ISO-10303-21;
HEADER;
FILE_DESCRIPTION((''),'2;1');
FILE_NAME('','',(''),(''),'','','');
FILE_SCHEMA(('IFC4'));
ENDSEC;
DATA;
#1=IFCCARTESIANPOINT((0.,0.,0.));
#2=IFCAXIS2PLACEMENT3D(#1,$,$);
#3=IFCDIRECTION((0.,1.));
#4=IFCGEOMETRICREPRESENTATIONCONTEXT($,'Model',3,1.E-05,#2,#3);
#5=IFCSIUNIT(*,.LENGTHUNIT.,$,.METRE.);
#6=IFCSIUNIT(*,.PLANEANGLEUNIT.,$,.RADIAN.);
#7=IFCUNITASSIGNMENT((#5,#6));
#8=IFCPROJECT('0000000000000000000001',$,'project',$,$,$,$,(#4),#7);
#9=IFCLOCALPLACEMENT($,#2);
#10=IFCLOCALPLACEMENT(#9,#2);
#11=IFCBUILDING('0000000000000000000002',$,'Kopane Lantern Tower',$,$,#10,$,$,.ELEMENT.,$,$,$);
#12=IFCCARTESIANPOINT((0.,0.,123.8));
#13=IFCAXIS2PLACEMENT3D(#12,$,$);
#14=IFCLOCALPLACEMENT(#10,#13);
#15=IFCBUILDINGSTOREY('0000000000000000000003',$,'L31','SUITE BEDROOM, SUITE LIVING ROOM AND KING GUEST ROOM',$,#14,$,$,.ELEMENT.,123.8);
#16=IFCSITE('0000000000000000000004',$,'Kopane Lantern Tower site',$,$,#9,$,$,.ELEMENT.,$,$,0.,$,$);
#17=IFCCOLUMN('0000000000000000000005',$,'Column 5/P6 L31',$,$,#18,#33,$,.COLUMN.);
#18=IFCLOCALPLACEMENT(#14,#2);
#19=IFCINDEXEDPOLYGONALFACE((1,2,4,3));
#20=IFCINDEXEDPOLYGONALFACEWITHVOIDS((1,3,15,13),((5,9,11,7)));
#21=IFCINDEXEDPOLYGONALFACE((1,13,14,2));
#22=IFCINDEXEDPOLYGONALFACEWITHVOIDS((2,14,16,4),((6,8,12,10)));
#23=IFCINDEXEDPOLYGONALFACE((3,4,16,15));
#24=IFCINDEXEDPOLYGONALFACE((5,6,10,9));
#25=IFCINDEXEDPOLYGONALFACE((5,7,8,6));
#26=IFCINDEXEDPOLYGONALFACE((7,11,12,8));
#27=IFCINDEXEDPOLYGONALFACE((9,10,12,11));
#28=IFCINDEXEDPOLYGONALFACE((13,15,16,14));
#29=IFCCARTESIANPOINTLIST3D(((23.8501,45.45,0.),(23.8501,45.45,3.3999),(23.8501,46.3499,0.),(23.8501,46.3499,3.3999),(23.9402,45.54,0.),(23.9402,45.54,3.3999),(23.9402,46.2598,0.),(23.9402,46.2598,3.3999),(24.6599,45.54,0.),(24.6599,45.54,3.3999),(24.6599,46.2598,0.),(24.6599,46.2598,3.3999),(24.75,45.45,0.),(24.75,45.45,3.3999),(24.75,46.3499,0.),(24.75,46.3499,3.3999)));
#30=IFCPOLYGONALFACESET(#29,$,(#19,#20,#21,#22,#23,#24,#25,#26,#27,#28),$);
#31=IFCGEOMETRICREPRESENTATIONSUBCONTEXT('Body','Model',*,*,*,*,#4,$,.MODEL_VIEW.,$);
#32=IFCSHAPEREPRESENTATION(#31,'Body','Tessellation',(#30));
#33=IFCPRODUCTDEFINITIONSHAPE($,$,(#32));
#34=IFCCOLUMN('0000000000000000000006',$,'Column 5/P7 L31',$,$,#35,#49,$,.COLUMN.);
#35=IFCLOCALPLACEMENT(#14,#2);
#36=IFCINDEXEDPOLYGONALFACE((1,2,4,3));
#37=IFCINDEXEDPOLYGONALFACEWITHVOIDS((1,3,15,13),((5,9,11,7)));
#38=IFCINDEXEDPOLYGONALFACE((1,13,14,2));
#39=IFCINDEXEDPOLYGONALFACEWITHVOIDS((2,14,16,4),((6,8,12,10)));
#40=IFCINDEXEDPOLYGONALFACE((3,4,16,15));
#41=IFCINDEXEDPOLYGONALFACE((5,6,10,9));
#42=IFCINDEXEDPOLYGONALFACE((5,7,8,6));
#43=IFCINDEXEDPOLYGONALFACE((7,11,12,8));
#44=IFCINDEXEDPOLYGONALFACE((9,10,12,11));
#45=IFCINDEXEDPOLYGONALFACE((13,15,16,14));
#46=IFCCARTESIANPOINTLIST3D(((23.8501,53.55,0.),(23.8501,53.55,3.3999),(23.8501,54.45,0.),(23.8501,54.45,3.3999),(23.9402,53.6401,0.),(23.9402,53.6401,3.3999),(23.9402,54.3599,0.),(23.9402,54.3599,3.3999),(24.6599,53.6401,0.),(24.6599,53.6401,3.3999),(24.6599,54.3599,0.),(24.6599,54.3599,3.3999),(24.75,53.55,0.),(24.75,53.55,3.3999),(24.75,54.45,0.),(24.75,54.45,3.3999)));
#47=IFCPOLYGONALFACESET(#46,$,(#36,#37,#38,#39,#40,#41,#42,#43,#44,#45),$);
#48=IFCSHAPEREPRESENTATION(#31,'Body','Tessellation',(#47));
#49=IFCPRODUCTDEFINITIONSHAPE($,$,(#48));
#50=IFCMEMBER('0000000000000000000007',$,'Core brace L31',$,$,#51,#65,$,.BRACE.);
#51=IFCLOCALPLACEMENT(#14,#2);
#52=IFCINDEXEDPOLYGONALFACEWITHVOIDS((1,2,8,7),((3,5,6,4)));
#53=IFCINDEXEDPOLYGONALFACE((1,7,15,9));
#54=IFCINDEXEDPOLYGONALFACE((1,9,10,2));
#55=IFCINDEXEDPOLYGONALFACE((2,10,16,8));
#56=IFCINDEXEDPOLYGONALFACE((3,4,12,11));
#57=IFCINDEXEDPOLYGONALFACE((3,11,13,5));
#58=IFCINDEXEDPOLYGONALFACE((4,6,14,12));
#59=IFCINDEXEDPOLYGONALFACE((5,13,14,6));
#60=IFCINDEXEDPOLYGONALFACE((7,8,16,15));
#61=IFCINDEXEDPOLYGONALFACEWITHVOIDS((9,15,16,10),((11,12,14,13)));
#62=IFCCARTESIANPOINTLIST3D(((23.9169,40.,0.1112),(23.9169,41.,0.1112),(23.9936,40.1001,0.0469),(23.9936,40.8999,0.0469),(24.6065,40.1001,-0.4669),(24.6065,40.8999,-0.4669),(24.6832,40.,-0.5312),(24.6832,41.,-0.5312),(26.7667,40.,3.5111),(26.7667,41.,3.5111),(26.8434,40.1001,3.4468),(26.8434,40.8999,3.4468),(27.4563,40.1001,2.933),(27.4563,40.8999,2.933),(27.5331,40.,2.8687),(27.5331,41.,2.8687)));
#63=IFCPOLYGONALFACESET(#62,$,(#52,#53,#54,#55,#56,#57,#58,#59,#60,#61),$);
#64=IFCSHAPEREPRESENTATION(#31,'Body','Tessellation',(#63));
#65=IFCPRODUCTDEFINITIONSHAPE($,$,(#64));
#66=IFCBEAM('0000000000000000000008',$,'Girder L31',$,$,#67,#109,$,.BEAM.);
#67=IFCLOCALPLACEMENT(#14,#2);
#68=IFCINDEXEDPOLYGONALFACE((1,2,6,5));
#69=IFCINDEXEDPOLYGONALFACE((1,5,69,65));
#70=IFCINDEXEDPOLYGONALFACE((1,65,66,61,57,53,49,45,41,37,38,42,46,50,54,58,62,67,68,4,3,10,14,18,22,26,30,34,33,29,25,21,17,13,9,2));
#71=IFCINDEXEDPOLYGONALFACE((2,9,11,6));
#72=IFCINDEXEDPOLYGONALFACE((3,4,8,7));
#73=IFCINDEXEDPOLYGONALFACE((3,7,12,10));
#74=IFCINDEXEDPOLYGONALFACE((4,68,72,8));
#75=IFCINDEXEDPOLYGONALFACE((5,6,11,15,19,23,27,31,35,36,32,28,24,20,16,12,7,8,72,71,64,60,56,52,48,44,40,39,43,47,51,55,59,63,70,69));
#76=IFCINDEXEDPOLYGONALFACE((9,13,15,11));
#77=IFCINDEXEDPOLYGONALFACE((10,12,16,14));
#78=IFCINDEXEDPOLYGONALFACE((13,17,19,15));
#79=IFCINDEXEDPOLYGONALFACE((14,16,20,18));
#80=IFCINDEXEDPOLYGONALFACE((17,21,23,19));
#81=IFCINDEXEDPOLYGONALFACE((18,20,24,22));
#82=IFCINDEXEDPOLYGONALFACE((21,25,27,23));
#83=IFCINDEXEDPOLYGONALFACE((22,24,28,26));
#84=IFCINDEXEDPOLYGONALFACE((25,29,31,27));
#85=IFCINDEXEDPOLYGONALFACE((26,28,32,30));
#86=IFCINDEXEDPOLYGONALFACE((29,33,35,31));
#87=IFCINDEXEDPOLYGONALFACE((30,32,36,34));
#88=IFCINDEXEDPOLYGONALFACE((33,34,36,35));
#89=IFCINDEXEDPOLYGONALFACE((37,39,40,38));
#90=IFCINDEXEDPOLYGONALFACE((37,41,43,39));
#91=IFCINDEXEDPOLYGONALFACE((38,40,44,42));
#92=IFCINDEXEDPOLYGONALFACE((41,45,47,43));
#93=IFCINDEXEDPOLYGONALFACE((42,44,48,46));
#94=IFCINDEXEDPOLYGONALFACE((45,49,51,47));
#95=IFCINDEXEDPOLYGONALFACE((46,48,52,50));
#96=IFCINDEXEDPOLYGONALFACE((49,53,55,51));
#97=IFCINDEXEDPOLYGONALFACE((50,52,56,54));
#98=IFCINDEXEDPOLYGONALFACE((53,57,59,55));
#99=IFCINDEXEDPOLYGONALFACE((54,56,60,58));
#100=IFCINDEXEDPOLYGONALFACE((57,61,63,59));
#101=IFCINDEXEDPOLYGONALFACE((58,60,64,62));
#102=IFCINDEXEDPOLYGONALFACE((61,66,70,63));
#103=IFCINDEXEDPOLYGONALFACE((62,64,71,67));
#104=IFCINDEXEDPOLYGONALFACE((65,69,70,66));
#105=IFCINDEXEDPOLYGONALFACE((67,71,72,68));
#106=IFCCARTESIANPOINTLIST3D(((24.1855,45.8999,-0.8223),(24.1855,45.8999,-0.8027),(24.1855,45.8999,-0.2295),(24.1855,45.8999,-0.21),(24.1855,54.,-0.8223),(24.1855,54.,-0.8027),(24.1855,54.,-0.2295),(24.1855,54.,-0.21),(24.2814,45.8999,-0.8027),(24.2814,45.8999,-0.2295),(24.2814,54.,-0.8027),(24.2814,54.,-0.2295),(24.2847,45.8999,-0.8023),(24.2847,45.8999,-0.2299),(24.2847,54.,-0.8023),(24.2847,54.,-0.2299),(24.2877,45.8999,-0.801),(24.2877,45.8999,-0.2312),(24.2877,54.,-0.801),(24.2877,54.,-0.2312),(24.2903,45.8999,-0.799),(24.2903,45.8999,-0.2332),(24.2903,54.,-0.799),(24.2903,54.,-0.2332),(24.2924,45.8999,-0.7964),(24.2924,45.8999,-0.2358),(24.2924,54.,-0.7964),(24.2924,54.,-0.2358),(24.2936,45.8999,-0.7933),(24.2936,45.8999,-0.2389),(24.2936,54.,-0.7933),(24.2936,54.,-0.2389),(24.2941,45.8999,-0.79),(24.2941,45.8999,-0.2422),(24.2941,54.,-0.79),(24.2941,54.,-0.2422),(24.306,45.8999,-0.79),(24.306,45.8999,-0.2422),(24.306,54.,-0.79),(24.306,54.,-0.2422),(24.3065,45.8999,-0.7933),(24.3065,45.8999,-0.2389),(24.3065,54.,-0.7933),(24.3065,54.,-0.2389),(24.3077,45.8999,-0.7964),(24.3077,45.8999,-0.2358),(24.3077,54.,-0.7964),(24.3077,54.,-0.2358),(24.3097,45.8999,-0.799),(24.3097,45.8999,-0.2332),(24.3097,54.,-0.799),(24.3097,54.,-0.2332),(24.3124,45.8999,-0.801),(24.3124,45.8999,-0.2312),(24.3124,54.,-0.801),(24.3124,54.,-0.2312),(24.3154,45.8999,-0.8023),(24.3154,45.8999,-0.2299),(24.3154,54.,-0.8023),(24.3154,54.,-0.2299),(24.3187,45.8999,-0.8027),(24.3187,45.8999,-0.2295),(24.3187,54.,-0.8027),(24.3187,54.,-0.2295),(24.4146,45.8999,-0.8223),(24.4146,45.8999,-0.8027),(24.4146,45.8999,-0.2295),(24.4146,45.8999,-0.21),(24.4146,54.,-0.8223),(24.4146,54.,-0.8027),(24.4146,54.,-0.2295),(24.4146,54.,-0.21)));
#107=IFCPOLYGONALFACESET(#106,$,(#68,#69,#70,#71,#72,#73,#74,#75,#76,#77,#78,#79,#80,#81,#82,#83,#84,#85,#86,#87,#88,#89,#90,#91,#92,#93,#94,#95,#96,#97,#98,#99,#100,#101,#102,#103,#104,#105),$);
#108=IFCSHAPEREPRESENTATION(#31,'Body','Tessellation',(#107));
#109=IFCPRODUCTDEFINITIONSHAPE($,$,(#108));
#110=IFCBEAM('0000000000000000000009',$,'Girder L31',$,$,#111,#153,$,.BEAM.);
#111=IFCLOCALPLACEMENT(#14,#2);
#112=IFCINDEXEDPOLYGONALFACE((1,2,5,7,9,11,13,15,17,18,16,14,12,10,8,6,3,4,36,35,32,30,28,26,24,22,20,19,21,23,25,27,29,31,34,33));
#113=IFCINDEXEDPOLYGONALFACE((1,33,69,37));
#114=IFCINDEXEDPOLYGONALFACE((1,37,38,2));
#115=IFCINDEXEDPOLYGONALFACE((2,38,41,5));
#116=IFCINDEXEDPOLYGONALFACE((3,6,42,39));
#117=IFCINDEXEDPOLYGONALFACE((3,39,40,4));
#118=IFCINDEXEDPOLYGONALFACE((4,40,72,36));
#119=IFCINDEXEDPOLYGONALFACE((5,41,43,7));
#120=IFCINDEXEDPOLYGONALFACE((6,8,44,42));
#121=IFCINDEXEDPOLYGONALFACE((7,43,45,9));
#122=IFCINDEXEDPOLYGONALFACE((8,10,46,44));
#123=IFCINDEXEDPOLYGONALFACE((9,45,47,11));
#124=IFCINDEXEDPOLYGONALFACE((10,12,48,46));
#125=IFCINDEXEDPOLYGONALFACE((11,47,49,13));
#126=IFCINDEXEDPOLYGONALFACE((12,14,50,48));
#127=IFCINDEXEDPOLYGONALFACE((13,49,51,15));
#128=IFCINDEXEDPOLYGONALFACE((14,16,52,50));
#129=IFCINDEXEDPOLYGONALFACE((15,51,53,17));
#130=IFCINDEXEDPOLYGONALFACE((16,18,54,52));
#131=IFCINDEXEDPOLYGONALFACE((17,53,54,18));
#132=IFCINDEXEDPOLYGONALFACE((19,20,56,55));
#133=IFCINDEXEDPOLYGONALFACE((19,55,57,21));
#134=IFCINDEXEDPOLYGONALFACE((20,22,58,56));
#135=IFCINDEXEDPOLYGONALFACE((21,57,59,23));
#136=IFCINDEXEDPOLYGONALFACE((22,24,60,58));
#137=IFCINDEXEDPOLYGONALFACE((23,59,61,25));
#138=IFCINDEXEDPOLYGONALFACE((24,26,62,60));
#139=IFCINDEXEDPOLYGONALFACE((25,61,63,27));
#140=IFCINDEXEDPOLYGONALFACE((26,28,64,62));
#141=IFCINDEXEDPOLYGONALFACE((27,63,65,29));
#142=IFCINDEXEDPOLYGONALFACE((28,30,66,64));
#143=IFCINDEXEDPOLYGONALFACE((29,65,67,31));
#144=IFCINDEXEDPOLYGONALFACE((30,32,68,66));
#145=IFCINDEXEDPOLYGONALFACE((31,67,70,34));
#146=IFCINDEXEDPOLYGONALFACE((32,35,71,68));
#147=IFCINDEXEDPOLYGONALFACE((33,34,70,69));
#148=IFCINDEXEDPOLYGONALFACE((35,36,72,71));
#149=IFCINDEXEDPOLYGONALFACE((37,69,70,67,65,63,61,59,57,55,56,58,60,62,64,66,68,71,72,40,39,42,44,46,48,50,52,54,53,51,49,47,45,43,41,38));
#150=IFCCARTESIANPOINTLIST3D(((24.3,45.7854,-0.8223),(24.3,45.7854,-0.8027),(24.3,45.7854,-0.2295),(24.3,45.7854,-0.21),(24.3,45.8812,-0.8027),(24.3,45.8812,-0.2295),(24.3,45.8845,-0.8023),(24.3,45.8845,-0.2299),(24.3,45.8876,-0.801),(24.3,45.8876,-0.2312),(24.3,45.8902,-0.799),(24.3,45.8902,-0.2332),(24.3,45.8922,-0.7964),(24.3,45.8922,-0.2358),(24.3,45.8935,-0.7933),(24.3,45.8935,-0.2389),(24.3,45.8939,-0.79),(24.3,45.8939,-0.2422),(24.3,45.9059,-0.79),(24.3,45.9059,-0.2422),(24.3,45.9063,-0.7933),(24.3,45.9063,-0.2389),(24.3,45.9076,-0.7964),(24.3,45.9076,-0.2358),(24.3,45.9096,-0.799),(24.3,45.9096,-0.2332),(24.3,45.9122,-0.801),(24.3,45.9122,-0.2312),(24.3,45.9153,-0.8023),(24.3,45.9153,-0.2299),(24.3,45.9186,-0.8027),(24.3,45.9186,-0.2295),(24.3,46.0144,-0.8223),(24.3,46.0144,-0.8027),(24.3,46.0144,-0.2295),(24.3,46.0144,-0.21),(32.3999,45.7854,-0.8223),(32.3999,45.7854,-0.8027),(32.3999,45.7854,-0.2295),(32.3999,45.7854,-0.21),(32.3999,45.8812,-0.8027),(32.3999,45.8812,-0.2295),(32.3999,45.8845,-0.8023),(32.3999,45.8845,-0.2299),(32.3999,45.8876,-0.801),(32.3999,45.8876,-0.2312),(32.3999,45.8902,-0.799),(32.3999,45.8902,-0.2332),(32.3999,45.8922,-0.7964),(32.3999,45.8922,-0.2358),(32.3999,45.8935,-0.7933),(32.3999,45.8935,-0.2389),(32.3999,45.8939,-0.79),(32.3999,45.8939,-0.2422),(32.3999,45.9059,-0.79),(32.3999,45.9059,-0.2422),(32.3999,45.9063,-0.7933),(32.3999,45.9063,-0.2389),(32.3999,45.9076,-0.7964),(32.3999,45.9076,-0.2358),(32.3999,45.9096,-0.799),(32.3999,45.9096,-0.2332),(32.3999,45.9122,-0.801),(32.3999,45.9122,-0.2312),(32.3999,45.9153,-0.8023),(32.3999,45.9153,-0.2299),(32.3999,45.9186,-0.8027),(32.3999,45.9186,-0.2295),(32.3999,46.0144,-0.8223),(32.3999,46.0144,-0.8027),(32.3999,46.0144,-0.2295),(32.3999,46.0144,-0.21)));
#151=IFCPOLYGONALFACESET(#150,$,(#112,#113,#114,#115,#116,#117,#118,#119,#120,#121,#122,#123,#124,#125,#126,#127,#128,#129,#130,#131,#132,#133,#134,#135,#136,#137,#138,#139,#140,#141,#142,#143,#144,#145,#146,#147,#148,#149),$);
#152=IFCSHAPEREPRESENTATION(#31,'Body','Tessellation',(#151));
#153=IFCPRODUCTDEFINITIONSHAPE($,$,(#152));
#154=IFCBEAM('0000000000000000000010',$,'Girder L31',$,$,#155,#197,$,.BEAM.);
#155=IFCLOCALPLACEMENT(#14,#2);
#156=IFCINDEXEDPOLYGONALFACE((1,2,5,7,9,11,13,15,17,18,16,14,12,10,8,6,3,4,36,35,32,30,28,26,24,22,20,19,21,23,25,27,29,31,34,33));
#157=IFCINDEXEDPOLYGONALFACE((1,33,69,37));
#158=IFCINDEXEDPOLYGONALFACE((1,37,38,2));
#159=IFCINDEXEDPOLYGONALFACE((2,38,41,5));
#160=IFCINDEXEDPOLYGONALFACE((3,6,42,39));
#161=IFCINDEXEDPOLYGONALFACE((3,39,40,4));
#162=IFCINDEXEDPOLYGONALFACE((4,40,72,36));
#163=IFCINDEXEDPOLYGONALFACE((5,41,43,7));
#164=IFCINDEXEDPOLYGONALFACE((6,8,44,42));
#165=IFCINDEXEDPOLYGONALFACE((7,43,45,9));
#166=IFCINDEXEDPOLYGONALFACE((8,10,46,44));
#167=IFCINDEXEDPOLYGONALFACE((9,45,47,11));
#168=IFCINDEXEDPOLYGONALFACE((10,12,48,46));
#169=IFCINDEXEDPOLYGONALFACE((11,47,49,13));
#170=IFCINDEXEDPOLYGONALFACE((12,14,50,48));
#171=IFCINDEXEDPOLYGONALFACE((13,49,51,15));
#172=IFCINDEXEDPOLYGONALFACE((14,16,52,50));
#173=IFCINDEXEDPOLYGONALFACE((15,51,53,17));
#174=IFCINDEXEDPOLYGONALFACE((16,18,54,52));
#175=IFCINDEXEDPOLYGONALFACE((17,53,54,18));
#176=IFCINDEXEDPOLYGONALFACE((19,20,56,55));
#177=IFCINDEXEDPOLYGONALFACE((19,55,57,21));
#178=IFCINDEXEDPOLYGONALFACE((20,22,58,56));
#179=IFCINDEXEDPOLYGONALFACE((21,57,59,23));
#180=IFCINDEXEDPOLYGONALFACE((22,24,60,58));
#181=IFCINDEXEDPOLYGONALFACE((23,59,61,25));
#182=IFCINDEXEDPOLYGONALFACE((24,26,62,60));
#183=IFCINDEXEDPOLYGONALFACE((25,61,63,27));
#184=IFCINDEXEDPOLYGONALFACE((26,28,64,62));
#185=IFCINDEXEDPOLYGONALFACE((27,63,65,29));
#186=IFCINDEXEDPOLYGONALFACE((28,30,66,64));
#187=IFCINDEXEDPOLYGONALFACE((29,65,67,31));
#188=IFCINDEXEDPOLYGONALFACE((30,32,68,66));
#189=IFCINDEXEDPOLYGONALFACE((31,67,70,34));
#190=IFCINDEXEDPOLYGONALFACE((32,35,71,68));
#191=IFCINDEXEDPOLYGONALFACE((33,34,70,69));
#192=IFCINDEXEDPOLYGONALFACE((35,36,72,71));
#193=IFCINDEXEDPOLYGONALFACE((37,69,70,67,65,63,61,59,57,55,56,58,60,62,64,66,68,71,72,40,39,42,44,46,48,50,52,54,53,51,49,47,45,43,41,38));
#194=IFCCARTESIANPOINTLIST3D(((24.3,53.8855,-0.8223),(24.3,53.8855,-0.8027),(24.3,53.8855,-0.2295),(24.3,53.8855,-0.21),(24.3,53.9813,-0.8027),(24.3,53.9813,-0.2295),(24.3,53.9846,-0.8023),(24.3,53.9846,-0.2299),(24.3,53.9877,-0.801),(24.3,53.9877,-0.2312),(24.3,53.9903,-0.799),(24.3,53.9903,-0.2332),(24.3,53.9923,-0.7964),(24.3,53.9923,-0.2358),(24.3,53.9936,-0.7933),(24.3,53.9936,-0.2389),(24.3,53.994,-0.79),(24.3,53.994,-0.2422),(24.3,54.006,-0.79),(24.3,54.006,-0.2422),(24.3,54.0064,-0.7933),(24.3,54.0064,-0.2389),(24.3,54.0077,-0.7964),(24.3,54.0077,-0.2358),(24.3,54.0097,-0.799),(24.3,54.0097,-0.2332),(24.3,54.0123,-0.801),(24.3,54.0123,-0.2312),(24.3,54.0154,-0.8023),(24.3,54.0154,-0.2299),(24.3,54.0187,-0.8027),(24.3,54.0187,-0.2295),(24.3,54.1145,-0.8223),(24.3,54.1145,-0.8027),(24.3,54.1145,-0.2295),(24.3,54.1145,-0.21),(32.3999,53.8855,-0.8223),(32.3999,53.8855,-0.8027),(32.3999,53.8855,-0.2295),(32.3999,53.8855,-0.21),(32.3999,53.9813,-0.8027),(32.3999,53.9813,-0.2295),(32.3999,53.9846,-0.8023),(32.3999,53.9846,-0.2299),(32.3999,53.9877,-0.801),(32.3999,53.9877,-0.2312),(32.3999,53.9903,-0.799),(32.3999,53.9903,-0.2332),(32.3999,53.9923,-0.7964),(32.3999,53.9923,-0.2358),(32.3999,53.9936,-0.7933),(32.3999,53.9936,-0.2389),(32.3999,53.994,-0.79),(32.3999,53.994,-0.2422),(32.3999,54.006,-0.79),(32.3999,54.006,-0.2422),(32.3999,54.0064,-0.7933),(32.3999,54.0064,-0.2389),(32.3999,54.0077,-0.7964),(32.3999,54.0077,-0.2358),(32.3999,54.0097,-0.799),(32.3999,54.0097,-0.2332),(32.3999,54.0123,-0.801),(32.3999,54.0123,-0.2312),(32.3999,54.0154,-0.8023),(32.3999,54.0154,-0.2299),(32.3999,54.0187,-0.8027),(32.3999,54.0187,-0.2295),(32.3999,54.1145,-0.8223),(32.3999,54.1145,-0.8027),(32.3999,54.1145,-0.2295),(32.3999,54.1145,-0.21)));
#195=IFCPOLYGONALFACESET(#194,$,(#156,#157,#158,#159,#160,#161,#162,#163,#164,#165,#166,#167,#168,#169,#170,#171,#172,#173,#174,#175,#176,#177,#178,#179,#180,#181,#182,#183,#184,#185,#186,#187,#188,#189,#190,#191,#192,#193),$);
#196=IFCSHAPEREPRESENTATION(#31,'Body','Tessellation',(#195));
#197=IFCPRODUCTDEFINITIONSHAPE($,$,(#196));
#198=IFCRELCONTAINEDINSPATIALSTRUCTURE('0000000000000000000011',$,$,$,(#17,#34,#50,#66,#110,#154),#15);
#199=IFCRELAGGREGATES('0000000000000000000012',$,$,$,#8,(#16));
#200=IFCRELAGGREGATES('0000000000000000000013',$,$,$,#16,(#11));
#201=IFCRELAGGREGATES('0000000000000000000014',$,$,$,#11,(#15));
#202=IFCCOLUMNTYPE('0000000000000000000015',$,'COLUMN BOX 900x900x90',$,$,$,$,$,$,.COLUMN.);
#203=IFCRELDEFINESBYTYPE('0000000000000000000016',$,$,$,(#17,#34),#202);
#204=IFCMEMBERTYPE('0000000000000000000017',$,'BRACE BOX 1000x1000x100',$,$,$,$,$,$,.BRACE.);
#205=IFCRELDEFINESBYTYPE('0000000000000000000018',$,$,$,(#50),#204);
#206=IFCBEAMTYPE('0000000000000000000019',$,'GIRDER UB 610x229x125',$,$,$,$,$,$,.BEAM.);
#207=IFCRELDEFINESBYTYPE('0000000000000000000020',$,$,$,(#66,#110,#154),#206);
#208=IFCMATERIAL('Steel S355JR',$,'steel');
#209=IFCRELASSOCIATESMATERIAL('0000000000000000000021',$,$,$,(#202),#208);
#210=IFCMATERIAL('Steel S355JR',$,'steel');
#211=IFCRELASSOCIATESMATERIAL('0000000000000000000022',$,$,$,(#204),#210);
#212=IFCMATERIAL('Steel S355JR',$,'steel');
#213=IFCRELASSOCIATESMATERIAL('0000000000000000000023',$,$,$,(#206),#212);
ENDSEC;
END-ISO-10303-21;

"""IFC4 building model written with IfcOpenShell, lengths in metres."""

from ifc_helpers import new_model, si_unit, direction, frame, origin, origin_2d, place, context, subcontext, project, spatial, hollow_rectangle, i_section, extrude, material, material_profile, profile_set, type_object, element, save


model = new_model("IFC4")

# Units and contexts
model_context = context("Model", 3, precision=1e-05, world=origin(), true_north=direction((0.0, 1.0)))
body_context = subcontext(model_context, "Body", "Model", "MODEL_VIEW")
ifc_project = project(units=[si_unit("LENGTHUNIT", "METRE"), si_unit("PLANEANGLEUNIT", "RADIAN")], contexts=[model_context])

# Site, building, storey
site_placement = place(None, origin())
site = spatial("IfcSite", under=ifc_project, at=site_placement, Name="Kopane Lantern Tower site", CompositionType="ELEMENT", RefElevation=0.0)
building_placement = place(site_placement, origin())
building = spatial("IfcBuilding", under=site, at=building_placement, Name="Kopane Lantern Tower", CompositionType="ELEMENT")
storey_placement = place(building_placement, frame((0.0, 0.0, 123.8)))
storey = spatial("IfcBuildingStorey", under=building, at=storey_placement, Name="L31", Description="SUITE BEDROOM, SUITE LIVING ROOM AND KING GUEST ROOM", CompositionType="ELEMENT", Elevation=123.8)

# Columns
ifc_material_1 = material(Name="Steel S355JR", Category="steel")
ifc_material_profile_1 = material_profile(ifc_material_1, hollow_rectangle(XDim=0.8999, YDim=0.8999, WallThickness=0.0901, at=origin_2d()), Name="BOX 900x900x90")
ifc_profile_set_1 = profile_set([ifc_material_profile_1], Name="Steel S355JR")
column_type = type_object("IfcColumnType", Name="COLUMN BOX 900x900x90", PredefinedType="COLUMN", material=ifc_profile_set_1)
for number, where, z_axis, x_axis, name in (
    (1, (24.3, 45.8999, 0.0), (0.0, 0.0, 1.0), (1.0, 0.0, 0.0), "Column 5/P6 L31"),
    (2, (24.3, 54.0, 0.0), (0.0, 0.0, 1.0), (1.0, 0.0, 0.0), "Column 5/P7 L31"),
):
    element("IfcColumn", number, at=place(storey_placement, frame(where, z_axis=z_axis, x_axis=x_axis)), inside=storey, type_object=column_type, Name=name, PredefinedType="COLUMN", context=body_context, shape_type="SweptSolid", body=[
        extrude(hollow_rectangle(XDim=0.8999, YDim=0.8999, WallThickness=0.0901, at=origin_2d()), origin(), (0.0, 0.0, 1.0), 3.3999),
    ])

# Member
ifc_material_2 = material(Name="Steel S355JR", Category="steel")
ifc_material_profile_2 = material_profile(ifc_material_2, hollow_rectangle(XDim=1.0, YDim=1.0, WallThickness=0.1001, at=origin_2d()), Name="BOX 1000x1000x100")
ifc_profile_set_2 = profile_set([ifc_material_profile_2], Name="Steel S355JR")
member_type = type_object("IfcMemberType", Name="BRACE BOX 1000x1000x100", PredefinedType="BRACE", material=ifc_profile_set_2)
member_placement = place(storey_placement, frame((24.3, 40.5, -0.21), z_axis=(0.64239, 0.0, 0.766378), x_axis=(0.0, 1.0, 0.0)))
element("IfcMember", 3, at=member_placement, inside=storey, type_object=member_type, Name="Core brace L31", PredefinedType="BRACE", context=body_context, shape_type="SweptSolid", body=[
    extrude(hollow_rectangle(XDim=1.0, YDim=1.0, WallThickness=0.1001, at=origin_2d()), origin(), (0.0, 0.0, 1.0), 4.4363),
])

# Beams
ifc_material_3 = material(Name="Steel S355JR", Category="steel")
ifc_material_profile_3 = material_profile(ifc_material_3, i_section(OverallWidth=0.229, OverallDepth=0.6123, WebThickness=0.012, FlangeThickness=0.0195, FilletRadius=0.0127, at=origin_2d()), Name="UB 610x229x125")
ifc_profile_set_3 = profile_set([ifc_material_profile_3], Name="Steel S355JR")
beam_type = type_object("IfcBeamType", Name="GIRDER UB 610x229x125", PredefinedType="BEAM", material=ifc_profile_set_3)
beam_placement = place(storey_placement, frame((24.3, 45.8999, -0.5161), z_axis=(0.0, 1.0, 0.0), x_axis=(-1.0, 0.0, 0.0)))
element("IfcBeam", 4, at=beam_placement, inside=storey, type_object=beam_type, Name="Girder L31", PredefinedType="BEAM", context=body_context, shape_type="SweptSolid", body=[
    extrude(i_section(OverallWidth=0.229, OverallDepth=0.6123, WebThickness=0.012, FlangeThickness=0.0195, FilletRadius=0.0127, at=origin_2d()), origin(), (0.0, 0.0, 1.0), 8.1001),
])
for number, where, z_axis, x_axis, name in (
    (5, (24.3, 45.8999, -0.5161), (1.0, 0.0, 0.0), (0.0, 1.0, 0.0), "Girder L31"),
    (6, (24.3, 54.0, -0.5161), (1.0, 0.0, 0.0), (0.0, 1.0, 0.0), "Girder L31"),
):
    element("IfcBeam", number, at=place(storey_placement, frame(where, z_axis=z_axis, x_axis=x_axis)), inside=storey, type_object=beam_type, Name=name, PredefinedType="BEAM", context=body_context, shape_type="SweptSolid", body=[
        extrude(i_section(OverallWidth=0.229, OverallDepth=0.6123, WebThickness=0.012, FlangeThickness=0.0195, FilletRadius=0.0127, at=origin_2d()), origin(), (0.0, 0.0, 1.0), 8.0999),
    ])

save(model, "model.ifc")
